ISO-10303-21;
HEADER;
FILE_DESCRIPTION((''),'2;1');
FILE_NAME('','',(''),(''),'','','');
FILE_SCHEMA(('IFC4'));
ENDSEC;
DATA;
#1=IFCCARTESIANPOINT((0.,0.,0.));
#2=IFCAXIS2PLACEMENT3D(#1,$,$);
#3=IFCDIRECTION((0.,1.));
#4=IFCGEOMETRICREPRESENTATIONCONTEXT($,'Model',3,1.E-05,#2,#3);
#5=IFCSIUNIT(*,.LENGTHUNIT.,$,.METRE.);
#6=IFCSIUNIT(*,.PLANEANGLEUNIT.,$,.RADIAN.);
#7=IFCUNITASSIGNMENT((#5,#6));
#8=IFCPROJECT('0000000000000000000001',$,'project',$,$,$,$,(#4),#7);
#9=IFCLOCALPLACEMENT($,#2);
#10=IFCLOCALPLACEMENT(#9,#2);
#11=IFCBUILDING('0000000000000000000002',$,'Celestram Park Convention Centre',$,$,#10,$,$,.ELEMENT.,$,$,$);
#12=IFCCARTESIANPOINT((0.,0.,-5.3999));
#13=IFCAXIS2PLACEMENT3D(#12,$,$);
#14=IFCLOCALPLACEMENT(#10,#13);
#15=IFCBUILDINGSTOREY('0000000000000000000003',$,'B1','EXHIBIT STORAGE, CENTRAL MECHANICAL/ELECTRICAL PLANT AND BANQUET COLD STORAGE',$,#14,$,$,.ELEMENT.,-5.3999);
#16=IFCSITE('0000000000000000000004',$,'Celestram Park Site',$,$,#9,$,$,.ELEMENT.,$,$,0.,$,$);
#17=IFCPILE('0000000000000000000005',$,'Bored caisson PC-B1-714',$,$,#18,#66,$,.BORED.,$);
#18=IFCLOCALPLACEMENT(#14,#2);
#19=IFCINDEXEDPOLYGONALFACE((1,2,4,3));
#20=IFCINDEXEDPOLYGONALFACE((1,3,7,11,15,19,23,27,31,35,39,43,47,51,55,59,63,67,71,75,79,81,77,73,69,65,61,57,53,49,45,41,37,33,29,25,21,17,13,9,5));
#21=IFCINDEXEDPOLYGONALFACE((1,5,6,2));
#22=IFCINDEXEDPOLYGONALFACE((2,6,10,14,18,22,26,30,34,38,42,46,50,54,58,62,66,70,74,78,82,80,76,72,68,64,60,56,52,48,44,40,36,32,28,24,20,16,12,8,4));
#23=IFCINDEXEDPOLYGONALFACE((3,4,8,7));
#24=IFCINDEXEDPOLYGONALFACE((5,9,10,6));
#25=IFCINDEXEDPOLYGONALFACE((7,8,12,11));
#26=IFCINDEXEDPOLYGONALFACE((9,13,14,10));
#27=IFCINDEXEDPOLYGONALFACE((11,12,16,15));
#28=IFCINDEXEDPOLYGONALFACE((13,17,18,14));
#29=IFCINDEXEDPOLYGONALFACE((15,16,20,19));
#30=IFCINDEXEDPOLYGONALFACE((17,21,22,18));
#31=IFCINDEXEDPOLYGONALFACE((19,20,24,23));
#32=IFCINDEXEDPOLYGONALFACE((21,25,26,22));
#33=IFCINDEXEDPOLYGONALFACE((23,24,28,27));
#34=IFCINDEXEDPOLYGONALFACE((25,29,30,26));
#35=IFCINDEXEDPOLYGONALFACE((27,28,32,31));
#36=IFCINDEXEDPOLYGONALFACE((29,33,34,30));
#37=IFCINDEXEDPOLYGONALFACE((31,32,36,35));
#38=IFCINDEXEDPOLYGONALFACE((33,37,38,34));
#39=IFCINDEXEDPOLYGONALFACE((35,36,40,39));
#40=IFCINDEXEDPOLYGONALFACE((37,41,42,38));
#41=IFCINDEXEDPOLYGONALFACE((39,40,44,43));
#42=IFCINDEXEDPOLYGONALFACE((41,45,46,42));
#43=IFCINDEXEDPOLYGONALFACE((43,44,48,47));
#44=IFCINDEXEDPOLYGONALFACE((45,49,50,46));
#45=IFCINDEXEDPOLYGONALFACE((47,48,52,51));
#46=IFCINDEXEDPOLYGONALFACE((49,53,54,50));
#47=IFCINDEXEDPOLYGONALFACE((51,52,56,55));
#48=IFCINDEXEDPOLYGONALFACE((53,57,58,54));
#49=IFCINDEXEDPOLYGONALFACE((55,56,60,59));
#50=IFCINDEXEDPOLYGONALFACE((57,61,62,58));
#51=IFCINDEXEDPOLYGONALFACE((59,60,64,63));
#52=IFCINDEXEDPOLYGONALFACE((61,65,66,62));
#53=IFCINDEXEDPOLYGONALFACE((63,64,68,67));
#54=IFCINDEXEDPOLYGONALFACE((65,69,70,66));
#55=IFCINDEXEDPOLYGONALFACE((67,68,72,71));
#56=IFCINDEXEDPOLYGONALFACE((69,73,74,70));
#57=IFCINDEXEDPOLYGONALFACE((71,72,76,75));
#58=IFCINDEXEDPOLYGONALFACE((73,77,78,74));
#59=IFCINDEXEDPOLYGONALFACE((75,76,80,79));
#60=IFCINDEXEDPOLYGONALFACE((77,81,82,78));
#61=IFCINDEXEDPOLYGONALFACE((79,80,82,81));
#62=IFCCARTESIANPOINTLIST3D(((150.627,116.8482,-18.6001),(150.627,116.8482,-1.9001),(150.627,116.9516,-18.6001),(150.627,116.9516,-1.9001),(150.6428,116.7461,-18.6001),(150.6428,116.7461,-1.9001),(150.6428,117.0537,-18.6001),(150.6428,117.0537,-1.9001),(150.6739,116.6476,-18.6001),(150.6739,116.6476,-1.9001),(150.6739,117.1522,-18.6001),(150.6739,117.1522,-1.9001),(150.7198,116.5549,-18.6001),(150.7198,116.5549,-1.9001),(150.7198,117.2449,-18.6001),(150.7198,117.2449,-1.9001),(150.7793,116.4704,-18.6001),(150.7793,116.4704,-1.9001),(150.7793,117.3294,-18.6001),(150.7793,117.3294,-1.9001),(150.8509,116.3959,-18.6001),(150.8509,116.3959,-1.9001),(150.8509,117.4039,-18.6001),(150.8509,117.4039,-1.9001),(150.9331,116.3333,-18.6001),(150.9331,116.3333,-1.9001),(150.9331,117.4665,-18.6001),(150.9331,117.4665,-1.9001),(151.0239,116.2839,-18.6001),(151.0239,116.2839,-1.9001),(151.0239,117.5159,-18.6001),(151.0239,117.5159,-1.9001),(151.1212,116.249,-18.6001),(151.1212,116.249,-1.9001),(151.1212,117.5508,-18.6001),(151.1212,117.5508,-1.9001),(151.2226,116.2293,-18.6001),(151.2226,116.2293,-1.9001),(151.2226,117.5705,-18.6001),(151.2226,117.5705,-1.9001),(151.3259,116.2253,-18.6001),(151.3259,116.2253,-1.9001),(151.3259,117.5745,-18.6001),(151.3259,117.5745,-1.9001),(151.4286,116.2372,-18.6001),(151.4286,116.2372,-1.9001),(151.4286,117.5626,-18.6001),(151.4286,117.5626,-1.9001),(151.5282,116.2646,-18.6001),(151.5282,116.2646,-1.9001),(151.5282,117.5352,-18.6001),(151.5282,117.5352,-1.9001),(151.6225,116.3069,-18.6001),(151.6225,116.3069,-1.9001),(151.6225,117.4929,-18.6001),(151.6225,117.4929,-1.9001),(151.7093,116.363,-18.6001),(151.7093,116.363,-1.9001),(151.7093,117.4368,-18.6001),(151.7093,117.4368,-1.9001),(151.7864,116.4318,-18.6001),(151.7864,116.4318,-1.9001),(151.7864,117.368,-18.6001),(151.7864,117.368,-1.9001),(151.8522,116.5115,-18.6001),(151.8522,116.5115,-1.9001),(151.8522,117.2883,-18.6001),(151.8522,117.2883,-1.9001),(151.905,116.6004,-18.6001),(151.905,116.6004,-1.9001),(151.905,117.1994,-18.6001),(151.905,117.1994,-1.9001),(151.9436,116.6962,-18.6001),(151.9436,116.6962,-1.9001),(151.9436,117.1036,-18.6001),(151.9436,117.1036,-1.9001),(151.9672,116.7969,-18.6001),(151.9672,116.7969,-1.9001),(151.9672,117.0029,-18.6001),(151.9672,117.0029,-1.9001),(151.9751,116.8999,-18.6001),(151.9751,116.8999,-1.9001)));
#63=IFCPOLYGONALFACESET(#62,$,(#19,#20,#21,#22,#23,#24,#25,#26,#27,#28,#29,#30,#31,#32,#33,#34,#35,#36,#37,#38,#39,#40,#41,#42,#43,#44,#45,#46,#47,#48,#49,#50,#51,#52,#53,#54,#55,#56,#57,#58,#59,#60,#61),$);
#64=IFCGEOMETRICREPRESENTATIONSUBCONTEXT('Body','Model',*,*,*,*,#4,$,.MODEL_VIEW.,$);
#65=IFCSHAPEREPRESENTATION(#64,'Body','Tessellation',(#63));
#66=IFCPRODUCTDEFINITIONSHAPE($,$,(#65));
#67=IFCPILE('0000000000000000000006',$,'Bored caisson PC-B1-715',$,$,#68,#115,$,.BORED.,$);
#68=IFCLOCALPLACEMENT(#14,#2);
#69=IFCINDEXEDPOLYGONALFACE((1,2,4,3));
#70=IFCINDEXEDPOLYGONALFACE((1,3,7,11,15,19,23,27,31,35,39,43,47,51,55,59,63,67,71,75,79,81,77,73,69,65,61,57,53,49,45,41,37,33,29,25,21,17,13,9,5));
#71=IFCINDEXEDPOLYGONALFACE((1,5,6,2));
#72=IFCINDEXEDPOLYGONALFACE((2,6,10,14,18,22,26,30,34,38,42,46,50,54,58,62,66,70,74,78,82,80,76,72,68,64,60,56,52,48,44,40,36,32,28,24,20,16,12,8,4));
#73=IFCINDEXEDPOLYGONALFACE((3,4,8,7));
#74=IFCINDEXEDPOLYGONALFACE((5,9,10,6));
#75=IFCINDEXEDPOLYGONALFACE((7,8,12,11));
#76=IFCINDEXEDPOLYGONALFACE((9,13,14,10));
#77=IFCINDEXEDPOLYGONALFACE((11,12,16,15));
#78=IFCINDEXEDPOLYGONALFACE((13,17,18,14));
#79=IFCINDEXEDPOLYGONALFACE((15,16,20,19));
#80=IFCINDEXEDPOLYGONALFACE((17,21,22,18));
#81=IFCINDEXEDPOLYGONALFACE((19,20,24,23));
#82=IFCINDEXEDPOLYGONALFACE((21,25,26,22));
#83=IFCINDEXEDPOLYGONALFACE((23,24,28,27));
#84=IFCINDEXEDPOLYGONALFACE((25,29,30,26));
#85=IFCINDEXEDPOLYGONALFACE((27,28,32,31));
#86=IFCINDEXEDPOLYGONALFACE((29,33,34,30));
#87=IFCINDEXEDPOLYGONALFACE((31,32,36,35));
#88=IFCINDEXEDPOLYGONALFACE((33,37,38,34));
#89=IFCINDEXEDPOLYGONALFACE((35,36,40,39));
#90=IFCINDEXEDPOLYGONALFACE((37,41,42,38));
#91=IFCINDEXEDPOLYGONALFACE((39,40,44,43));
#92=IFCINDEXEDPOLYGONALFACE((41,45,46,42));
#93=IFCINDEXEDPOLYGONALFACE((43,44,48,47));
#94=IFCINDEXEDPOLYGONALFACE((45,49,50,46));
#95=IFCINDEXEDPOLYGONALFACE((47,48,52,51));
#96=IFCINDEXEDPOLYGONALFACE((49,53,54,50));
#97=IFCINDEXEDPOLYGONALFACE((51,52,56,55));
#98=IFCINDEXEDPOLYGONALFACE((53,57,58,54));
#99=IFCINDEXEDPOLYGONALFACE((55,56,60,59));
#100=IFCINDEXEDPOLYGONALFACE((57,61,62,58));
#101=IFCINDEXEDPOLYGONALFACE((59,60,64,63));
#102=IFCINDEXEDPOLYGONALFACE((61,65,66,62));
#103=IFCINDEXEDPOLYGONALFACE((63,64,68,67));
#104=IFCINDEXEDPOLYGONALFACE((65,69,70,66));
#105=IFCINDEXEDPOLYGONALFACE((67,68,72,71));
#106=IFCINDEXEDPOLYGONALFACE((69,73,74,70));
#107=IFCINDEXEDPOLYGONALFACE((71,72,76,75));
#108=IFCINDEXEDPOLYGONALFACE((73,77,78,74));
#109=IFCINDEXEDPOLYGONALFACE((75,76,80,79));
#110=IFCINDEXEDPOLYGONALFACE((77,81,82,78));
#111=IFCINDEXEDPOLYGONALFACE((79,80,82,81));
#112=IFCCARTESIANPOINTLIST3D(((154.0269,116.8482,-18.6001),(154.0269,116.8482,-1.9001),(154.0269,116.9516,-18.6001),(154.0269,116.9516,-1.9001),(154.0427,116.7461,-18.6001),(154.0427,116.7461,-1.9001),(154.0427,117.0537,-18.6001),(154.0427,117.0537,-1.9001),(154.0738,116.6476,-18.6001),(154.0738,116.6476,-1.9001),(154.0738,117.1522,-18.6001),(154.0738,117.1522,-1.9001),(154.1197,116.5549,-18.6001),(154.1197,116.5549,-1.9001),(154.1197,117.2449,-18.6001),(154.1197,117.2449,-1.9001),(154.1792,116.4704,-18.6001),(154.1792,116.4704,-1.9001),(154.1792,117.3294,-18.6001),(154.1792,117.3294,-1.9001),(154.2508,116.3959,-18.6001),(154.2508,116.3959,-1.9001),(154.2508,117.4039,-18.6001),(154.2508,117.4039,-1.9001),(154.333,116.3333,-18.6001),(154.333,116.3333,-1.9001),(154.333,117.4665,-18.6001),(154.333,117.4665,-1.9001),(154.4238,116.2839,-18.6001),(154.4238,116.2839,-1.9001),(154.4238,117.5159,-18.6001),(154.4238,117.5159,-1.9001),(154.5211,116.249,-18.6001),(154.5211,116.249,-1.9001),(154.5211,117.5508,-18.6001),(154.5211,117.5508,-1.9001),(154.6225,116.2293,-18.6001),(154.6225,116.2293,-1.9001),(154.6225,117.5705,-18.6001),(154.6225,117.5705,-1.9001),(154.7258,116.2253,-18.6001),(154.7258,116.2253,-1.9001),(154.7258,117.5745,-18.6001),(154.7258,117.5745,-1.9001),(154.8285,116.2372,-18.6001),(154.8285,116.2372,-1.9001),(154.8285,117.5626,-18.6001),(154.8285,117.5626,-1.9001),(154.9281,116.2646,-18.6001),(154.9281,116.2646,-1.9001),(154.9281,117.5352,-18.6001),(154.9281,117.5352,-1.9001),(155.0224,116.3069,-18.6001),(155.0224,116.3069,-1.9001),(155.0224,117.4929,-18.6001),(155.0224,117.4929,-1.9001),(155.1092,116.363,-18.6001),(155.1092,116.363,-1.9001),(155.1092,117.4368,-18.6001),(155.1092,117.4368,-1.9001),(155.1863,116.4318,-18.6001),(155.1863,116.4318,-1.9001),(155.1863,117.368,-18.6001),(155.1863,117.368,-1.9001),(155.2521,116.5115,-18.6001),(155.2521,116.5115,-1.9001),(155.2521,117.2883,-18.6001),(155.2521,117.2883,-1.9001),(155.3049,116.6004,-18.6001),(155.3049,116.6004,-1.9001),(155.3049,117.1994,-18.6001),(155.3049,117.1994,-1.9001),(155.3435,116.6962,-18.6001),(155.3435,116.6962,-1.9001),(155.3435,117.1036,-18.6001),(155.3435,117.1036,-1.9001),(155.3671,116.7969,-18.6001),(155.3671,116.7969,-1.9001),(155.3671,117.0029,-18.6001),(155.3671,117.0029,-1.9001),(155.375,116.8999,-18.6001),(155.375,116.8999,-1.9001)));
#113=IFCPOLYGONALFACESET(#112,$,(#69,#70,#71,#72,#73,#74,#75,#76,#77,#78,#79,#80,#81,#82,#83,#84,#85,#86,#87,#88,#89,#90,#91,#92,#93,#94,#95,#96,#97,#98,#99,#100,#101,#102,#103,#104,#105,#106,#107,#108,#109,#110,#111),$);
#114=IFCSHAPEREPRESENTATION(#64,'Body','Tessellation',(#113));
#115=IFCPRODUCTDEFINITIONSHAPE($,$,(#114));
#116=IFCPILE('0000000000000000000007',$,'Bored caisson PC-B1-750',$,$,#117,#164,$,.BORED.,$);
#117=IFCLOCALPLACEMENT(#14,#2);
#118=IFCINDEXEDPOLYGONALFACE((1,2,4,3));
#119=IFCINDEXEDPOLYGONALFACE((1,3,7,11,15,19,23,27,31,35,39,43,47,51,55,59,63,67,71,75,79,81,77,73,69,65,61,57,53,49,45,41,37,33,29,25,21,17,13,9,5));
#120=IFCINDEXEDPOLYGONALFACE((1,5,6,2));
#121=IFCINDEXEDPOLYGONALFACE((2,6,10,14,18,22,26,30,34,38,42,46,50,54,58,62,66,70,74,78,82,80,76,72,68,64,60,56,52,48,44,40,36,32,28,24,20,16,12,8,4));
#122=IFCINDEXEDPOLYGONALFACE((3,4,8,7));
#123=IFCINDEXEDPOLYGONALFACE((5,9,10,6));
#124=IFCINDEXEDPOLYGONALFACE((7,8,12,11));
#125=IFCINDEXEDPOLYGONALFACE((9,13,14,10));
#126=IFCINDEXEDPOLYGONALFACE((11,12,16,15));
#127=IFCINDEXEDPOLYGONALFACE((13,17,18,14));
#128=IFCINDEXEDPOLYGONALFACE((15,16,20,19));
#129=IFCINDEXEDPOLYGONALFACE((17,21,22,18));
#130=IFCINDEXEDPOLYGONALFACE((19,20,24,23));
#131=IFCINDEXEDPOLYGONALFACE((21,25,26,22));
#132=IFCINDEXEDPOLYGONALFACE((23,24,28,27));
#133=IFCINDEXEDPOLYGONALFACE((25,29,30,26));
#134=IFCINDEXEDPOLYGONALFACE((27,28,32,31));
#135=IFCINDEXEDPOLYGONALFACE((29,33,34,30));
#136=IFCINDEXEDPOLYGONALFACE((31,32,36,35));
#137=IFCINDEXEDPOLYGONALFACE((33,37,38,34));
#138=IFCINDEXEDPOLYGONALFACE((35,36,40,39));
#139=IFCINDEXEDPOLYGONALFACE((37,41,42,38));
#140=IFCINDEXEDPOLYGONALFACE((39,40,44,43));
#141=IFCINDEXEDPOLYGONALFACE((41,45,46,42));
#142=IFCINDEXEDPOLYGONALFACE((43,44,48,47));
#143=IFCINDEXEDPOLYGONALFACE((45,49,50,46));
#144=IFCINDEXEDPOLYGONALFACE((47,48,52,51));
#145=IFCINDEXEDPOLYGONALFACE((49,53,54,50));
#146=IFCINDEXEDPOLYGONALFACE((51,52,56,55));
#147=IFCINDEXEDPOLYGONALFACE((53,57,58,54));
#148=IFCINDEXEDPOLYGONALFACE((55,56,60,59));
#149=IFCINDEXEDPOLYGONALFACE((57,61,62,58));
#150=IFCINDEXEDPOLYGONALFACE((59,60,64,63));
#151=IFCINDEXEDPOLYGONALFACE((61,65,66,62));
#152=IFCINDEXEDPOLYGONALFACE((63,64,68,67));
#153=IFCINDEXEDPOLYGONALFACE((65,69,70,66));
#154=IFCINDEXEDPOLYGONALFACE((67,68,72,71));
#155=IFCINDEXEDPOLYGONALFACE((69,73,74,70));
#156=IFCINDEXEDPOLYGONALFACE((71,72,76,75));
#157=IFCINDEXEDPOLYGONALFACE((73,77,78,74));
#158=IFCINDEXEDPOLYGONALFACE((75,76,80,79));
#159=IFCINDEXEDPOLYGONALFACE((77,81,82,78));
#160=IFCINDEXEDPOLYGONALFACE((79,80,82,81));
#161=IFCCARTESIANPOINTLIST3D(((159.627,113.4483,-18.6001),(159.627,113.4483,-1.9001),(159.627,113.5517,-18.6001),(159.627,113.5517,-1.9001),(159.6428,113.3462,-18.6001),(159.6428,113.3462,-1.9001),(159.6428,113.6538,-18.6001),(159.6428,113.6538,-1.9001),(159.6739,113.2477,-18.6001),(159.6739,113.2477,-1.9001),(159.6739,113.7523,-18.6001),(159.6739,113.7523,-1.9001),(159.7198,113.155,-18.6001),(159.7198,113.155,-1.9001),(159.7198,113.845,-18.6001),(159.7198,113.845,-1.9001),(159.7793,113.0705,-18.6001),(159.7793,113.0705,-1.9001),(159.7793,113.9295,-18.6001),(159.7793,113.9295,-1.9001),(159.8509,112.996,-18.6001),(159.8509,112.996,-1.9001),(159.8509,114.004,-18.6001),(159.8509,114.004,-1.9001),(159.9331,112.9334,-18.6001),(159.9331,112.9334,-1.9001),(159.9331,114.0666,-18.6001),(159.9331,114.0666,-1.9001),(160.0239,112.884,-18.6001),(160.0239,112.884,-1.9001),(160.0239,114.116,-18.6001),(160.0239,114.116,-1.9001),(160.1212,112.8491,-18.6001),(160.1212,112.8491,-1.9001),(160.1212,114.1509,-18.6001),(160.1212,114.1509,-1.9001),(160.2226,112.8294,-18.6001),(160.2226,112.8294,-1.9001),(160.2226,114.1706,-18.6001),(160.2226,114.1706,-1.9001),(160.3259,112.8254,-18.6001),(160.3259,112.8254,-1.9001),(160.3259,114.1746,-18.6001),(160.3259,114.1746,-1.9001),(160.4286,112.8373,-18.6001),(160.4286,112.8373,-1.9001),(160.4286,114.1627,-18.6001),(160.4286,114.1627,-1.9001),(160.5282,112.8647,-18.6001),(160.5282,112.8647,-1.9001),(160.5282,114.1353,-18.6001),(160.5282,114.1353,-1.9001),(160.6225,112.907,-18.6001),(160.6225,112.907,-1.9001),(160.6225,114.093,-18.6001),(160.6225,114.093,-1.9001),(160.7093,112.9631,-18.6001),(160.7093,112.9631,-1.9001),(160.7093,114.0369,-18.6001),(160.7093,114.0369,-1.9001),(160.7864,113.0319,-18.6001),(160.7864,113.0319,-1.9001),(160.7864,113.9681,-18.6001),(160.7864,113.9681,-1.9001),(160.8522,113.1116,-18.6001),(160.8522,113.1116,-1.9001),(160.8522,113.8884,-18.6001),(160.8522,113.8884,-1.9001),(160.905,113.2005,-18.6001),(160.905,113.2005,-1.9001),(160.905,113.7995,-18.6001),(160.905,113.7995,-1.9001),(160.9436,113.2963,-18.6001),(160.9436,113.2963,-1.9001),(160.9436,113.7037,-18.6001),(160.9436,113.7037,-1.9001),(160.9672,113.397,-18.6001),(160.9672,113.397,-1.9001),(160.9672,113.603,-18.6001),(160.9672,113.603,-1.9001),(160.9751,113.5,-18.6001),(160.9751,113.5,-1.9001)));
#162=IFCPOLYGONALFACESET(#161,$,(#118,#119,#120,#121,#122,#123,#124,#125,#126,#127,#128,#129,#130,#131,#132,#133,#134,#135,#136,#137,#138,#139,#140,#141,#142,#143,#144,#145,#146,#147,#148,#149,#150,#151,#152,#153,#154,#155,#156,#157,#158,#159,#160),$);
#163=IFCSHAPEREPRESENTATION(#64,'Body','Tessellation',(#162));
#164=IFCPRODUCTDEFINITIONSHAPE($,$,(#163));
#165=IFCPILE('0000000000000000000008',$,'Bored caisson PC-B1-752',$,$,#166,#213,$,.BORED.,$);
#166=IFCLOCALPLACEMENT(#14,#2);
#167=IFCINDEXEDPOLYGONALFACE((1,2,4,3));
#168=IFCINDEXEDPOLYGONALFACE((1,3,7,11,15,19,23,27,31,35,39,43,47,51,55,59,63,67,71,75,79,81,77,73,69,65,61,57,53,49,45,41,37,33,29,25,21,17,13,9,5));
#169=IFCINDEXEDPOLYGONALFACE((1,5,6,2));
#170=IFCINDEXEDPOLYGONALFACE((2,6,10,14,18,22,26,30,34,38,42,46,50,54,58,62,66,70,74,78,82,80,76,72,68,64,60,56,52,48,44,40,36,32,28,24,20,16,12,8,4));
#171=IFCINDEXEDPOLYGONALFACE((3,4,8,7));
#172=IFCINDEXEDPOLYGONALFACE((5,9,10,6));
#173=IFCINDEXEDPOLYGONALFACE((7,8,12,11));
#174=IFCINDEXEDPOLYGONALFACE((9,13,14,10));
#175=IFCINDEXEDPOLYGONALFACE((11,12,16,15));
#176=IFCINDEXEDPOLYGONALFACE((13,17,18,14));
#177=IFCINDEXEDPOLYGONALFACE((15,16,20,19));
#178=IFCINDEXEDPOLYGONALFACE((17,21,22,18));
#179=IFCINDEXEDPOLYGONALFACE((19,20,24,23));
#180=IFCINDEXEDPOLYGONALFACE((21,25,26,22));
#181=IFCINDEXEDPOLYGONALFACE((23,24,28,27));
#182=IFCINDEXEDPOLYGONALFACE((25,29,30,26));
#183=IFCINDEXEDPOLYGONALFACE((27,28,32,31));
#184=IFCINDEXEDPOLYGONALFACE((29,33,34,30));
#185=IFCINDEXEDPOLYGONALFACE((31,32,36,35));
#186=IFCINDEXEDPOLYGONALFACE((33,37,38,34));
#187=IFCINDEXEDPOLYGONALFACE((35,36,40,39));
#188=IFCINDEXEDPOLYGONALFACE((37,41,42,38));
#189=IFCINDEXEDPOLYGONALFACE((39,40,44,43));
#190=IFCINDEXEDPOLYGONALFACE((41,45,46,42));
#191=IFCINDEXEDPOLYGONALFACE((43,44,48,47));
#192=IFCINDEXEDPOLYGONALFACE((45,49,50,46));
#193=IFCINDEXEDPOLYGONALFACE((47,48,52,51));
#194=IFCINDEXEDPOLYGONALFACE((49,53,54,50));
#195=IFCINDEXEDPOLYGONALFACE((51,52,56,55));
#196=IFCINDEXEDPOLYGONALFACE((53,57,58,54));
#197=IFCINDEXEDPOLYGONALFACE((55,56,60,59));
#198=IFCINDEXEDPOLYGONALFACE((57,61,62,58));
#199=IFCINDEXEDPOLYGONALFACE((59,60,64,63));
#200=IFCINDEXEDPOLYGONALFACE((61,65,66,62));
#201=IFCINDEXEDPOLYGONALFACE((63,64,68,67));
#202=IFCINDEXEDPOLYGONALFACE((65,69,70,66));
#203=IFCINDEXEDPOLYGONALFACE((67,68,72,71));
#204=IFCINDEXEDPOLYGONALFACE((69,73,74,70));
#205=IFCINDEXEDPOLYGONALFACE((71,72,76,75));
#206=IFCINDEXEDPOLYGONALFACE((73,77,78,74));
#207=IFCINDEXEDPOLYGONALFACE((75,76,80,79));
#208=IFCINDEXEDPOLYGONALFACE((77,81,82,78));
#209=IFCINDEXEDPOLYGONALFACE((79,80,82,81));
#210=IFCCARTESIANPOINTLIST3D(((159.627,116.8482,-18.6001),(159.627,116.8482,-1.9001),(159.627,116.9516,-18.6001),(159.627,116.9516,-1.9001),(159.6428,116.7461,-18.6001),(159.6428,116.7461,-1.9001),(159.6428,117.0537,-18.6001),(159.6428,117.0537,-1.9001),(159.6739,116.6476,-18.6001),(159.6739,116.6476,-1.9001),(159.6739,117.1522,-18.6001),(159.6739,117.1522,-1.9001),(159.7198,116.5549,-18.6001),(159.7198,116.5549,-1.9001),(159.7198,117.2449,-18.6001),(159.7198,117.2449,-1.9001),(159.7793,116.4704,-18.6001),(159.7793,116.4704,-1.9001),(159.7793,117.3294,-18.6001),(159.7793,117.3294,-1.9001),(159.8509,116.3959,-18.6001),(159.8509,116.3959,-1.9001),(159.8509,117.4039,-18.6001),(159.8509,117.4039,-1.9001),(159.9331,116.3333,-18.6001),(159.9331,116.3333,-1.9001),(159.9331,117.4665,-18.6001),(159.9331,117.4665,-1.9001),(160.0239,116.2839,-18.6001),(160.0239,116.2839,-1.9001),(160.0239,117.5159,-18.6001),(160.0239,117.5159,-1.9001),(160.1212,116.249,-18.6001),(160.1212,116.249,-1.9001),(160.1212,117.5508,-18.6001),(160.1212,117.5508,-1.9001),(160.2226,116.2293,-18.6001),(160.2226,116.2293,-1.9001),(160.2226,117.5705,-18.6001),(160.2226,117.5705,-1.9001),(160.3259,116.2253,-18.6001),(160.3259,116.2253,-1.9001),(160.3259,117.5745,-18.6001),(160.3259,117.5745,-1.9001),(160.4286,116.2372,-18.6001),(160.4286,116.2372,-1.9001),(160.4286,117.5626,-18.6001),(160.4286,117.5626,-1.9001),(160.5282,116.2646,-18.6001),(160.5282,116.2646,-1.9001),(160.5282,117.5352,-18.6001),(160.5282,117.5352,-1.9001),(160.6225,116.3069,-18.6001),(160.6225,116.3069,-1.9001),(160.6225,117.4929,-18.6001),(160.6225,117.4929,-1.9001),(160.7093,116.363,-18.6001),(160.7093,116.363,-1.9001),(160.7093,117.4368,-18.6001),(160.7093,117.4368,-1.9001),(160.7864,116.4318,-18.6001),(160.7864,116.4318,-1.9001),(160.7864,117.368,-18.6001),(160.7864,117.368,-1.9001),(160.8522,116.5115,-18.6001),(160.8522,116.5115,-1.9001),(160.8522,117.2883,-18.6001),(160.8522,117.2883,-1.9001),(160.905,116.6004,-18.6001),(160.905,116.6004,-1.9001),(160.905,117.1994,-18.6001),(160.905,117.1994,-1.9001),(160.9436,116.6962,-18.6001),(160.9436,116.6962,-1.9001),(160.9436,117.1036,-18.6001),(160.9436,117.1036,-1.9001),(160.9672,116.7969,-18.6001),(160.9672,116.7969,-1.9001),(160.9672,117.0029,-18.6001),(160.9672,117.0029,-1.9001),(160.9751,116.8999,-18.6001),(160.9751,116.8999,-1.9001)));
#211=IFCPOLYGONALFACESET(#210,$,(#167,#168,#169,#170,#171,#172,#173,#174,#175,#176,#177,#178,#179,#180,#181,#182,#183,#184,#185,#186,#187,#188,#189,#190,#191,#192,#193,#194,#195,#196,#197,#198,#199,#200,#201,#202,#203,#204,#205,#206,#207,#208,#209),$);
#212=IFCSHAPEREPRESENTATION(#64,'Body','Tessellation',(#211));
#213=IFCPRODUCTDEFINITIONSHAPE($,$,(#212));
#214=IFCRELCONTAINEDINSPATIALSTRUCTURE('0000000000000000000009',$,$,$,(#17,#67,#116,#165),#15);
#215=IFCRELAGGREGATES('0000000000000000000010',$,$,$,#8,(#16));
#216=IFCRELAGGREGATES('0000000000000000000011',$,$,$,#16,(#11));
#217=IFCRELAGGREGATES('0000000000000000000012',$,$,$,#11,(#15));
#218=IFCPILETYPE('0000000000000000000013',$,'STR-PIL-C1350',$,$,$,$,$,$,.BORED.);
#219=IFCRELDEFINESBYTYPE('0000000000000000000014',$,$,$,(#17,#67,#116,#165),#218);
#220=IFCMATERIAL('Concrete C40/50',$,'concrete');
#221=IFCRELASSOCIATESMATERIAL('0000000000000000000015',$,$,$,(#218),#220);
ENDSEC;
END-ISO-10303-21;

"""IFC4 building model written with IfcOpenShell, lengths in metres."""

from ifc_helpers import new_model, si_unit, direction, frame, origin, origin_2d, place, context, subcontext, project, spatial, circle, extrude, material, material_profile, profile_set, type_object, element, save


model = new_model("IFC4")

# Units and contexts
model_context = context("Model", 3, precision=1e-05, world=origin(), true_north=direction((0.0, 1.0)))
body_context = subcontext(model_context, "Body", "Model", "MODEL_VIEW")
ifc_project = project(units=[si_unit("LENGTHUNIT", "METRE"), si_unit("PLANEANGLEUNIT", "RADIAN")], contexts=[model_context])

# Site, building, storey
site_placement = place(None, origin())
site = spatial("IfcSite", under=ifc_project, at=site_placement, Name="Celestram Park Site", CompositionType="ELEMENT", RefElevation=0.0)
building_placement = place(site_placement, origin())
building = spatial("IfcBuilding", under=site, at=building_placement, Name="Celestram Park Convention Centre", CompositionType="ELEMENT")
storey_placement = place(building_placement, frame((0.0, 0.0, -5.3999)))
storey = spatial("IfcBuildingStorey", under=building, at=storey_placement, Name="B1", Description="EXHIBIT STORAGE, CENTRAL MECHANICAL/ELECTRICAL PLANT AND BANQUET COLD STORAGE", CompositionType="ELEMENT", Elevation=-5.3999)

# Shared definitions
ifc_material_1 = material(Name="Concrete C40/50", Category="concrete")

# Piles
ifc_material_profile_1 = material_profile(ifc_material_1, circle(Radius=0.675, at=origin_2d()), Name="CAISSON1350")
ifc_profile_set_1 = profile_set([ifc_material_profile_1], Name="Concrete C40/50")
pile_type_1 = type_object("IfcPileType", Name="STR-PIL-C1350", PredefinedType="BORED", material=ifc_profile_set_1)
for number, where, z_axis, x_axis, name in (
    (1, (151.3, 116.8999, -1.9001), (0.0, 0.0, -1.0), (1.0, 0.0, 0.0), "Bored caisson PC-B1-714"),
    (2, (154.7, 116.8999, -1.9001), (0.0, 0.0, -1.0), (1.0, 0.0, 0.0), "Bored caisson PC-B1-715"),
    (3, (160.3, 113.5, -1.9001), (0.0, 0.0, -1.0), (1.0, 0.0, 0.0), "Bored caisson PC-B1-750"),
    (4, (160.3, 116.8999, -1.9001), (0.0, 0.0, -1.0), (1.0, 0.0, 0.0), "Bored caisson PC-B1-752"),
):
    element("IfcPile", number, at=place(storey_placement, frame(where, z_axis=z_axis, x_axis=x_axis)), inside=storey, type_object=pile_type_1, Name=name, PredefinedType="BORED", context=body_context, shape_type="SweptSolid", body=[
        extrude(circle(Radius=0.675, at=origin_2d()), origin(), (0.0, 0.0, 1.0), 16.7),
    ])

save(model, "model.ifc")
